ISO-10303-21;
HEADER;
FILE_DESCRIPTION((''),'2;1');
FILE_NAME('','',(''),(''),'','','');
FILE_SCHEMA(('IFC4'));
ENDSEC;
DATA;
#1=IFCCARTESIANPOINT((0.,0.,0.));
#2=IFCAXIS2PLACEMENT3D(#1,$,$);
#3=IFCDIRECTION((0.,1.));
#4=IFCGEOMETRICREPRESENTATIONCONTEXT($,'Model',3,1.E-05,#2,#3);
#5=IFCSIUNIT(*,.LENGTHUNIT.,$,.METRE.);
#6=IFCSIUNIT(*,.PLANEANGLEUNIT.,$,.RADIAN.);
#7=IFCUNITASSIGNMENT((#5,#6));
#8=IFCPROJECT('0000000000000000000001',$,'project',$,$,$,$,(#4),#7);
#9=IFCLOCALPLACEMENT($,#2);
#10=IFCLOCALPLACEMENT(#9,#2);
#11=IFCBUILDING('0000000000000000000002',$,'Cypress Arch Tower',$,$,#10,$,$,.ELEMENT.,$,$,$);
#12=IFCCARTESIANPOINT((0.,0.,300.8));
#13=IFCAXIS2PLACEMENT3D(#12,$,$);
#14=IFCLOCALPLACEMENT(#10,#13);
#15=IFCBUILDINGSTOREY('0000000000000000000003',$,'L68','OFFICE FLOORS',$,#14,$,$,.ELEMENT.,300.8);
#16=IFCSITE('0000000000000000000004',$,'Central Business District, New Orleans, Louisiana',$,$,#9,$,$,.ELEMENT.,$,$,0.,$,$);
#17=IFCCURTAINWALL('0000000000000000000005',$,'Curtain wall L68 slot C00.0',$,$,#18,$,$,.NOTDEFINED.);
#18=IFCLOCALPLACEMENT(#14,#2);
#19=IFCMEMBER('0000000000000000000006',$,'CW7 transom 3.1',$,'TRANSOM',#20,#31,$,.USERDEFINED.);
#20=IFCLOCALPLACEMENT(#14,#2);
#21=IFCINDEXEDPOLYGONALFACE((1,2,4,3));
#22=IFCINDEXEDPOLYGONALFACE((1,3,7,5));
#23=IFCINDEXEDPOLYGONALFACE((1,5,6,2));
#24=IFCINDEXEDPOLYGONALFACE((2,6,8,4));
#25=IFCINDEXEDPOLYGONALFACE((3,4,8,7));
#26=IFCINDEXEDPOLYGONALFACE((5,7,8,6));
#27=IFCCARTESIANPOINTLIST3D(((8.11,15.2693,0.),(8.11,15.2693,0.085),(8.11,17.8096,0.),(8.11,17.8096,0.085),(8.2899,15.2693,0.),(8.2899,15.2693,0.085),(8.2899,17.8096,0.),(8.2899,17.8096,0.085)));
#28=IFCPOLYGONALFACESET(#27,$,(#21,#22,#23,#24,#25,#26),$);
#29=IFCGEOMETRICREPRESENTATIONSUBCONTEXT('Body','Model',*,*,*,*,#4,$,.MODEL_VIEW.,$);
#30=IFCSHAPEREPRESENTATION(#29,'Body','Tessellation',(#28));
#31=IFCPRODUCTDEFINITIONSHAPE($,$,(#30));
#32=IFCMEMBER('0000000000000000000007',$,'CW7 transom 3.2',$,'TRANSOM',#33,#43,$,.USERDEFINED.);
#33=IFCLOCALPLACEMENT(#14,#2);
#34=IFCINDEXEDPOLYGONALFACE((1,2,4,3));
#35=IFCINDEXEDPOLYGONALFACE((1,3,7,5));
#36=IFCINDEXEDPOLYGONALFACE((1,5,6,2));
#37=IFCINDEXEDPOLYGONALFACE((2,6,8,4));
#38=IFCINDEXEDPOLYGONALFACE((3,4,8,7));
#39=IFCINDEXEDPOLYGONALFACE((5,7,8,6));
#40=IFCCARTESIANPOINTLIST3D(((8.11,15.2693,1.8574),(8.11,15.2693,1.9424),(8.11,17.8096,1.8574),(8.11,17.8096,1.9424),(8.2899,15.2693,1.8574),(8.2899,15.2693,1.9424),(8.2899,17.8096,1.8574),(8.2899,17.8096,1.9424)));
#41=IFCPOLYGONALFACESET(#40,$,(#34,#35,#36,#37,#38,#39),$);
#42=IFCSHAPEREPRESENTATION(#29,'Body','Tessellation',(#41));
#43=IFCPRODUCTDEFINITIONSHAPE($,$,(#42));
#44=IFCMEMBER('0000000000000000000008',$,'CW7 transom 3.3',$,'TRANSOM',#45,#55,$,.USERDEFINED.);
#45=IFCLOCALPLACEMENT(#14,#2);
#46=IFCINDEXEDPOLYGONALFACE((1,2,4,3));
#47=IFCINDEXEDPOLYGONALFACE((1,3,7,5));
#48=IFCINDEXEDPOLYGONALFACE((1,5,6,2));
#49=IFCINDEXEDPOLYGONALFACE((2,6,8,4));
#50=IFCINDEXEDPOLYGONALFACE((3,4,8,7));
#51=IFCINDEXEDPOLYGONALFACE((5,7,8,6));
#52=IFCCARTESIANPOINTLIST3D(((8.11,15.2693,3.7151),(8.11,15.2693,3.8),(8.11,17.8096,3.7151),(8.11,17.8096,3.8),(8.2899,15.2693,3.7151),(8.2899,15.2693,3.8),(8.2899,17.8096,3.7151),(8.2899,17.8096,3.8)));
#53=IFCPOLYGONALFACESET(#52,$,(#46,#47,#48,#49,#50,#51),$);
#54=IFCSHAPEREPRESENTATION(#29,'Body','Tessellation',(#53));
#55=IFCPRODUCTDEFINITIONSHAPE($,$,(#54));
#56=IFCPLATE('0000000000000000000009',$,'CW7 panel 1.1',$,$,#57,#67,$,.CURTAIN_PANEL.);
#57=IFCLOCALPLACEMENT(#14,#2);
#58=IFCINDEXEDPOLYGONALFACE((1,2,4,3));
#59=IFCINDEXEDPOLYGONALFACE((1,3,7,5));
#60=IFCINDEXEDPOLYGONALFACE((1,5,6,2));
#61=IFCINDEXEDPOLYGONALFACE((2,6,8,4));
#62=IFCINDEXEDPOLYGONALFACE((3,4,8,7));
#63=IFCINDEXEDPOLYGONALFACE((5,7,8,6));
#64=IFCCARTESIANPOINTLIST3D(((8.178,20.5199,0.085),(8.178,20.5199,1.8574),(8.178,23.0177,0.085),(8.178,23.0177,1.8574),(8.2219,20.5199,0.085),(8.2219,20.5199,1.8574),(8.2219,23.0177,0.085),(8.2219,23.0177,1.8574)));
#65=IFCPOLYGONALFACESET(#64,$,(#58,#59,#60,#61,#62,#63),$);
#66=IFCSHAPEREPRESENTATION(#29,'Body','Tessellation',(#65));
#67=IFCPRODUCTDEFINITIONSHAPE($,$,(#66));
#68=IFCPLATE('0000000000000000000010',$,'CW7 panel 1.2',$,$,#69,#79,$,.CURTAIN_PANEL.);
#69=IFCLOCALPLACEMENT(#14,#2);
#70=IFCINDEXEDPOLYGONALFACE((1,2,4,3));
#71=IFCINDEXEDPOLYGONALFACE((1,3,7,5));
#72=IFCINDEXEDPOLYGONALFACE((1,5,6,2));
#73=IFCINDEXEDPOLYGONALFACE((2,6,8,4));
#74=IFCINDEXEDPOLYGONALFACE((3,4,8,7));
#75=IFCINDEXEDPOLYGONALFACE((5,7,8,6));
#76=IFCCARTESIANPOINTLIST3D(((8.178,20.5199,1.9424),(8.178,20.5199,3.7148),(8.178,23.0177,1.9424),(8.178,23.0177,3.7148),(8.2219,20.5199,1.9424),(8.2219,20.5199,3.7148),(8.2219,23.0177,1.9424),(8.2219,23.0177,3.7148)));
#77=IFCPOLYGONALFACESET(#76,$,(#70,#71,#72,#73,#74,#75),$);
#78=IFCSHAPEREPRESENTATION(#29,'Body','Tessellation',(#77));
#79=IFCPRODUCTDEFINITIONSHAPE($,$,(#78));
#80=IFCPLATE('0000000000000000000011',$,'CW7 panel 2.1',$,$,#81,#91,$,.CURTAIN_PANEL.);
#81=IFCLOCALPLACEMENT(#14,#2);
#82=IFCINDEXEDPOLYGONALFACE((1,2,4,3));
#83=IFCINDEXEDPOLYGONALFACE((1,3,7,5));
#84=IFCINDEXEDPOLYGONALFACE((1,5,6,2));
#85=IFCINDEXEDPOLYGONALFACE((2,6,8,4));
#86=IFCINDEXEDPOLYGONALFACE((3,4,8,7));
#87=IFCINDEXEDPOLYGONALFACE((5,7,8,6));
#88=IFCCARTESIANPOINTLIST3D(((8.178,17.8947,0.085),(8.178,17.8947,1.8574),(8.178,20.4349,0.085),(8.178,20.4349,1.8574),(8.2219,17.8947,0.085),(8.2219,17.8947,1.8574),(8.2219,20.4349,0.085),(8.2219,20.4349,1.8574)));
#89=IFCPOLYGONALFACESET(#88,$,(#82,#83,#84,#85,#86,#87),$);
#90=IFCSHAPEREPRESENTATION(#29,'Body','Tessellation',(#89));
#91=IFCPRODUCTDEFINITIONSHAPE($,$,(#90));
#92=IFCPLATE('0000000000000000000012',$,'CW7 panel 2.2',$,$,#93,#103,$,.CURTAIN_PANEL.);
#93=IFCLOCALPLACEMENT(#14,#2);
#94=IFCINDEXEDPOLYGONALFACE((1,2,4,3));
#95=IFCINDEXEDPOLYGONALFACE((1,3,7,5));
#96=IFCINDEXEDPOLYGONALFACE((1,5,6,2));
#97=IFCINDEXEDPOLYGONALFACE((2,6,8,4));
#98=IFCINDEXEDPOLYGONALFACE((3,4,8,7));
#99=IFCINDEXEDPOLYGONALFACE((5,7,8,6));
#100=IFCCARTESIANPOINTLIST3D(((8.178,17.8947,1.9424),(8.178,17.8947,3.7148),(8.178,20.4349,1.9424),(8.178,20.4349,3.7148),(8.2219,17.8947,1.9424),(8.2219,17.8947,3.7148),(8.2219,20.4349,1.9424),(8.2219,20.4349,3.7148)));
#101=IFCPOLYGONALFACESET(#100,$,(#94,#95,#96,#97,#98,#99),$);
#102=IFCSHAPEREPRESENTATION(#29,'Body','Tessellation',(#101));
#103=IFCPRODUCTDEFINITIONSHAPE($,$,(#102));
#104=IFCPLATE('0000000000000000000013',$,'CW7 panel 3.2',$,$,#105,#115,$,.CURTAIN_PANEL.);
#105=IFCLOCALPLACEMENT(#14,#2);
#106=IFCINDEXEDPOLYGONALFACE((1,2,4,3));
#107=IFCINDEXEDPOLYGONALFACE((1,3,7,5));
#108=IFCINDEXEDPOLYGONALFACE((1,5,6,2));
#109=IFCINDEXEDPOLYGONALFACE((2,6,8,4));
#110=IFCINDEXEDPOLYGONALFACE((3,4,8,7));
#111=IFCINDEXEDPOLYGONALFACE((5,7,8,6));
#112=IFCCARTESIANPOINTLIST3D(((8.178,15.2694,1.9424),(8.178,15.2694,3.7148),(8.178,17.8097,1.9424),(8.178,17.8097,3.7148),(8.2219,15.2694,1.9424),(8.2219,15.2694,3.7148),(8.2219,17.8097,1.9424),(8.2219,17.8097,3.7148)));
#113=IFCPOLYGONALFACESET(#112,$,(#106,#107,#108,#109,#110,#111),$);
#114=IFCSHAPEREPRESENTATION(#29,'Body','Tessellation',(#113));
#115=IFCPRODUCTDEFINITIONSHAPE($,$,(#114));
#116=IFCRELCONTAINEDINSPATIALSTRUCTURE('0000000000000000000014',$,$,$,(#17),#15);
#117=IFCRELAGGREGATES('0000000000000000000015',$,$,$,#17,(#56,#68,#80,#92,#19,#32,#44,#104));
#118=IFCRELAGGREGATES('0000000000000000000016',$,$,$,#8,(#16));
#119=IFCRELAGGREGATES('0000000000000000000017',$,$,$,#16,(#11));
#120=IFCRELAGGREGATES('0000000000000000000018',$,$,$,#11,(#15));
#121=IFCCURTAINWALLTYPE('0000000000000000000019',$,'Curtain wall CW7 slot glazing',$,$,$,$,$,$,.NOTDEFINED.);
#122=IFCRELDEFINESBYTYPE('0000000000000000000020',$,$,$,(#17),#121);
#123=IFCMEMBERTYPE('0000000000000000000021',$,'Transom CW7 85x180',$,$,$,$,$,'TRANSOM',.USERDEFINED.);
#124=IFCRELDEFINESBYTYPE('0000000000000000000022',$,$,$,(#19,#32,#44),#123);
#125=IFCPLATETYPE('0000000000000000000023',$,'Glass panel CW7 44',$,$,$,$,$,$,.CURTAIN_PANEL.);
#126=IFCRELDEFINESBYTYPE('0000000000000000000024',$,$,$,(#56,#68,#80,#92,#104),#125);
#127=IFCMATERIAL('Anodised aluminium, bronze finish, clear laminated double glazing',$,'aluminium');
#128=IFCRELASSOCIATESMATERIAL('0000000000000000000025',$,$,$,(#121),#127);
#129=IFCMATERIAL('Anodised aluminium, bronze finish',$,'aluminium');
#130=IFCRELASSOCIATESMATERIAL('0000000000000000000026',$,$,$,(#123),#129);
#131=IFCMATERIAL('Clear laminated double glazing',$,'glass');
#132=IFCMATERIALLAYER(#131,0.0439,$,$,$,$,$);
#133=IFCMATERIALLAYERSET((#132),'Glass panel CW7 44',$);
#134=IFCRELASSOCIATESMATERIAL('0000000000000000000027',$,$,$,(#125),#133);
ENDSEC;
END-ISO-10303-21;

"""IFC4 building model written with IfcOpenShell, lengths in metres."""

from ifc_helpers import new_model, si_unit, direction, frame, origin, origin_2d, place, context, subcontext, project, spatial, rectangle, extrude, material, layer, layer_set, material_profile, profile_set, type_object, element, aggregate, save


model = new_model("IFC4")

# Units and contexts
model_context = context("Model", 3, precision=1e-05, world=origin(), true_north=direction((0.0, 1.0)))
body_context = subcontext(model_context, "Body", "Model", "MODEL_VIEW")
ifc_project = project(units=[si_unit("LENGTHUNIT", "METRE"), si_unit("PLANEANGLEUNIT", "RADIAN")], contexts=[model_context])

# Site, building, storey
site_placement = place(None, origin())
site = spatial("IfcSite", under=ifc_project, at=site_placement, Name="Central Business District, New Orleans, Louisiana", CompositionType="ELEMENT", RefElevation=0.0)
building_placement = place(site_placement, origin())
building = spatial("IfcBuilding", under=site, at=building_placement, Name="Cypress Arch Tower", CompositionType="ELEMENT")
storey_placement = place(building_placement, frame((0.0, 0.0, 300.8)))
storey = spatial("IfcBuildingStorey", under=building, at=storey_placement, Name="L68", Description="OFFICE FLOORS", CompositionType="ELEMENT", Elevation=300.8)

# Curtain wall, members, plates
ifc_material_1 = material(Name="Anodised aluminium, bronze finish, clear laminated double glazing", Category="aluminium")
curtain_wall_type = type_object("IfcCurtainWallType", Name="Curtain wall CW7 slot glazing", PredefinedType="NOTDEFINED", material=ifc_material_1)
curtain_wall_placement = place(storey_placement, origin())
curtain_wall = element("IfcCurtainWall", 1, at=curtain_wall_placement, inside=storey, type_object=curtain_wall_type, Name="Curtain wall L68 slot C00.0", PredefinedType="NOTDEFINED")
ifc_material_2 = material(Name="Anodised aluminium, bronze finish", Category="aluminium")
ifc_material_profile_1 = material_profile(ifc_material_2, rectangle(XDim=0.1799, YDim=0.085, at=origin_2d()), Name="Transom 85x180")
ifc_profile_set_1 = profile_set([ifc_material_profile_1], Name="Anodised aluminium, bronze finish")
member_type_1 = type_object("IfcMemberType", Name="Transom CW7 85x180", ElementType="TRANSOM", PredefinedType="USERDEFINED", material=ifc_profile_set_1)
member_1_placement = place(storey_placement, frame((8.2, 17.8096, 0.0425), z_axis=(0.0, -1.0, 0.0), x_axis=(1.0, 0.0, 0.0)))
member_1 = element("IfcMember", 2, at=member_1_placement, type_object=member_type_1, Name="CW7 transom 3.1", ObjectType="TRANSOM", PredefinedType="USERDEFINED", context=body_context, shape_type="SweptSolid", body=[
    extrude(rectangle(XDim=0.1799, YDim=0.085, at=origin_2d()), origin(), (0.0, 0.0, 1.0), 2.5403),
])
member_2_placement = place(storey_placement, frame((8.2, 17.8096, 1.8999), z_axis=(0.0, -1.0, 0.0), x_axis=(1.0, 0.0, 0.0)))
member_2 = element("IfcMember", 3, at=member_2_placement, type_object=member_type_1, Name="CW7 transom 3.2", ObjectType="TRANSOM", PredefinedType="USERDEFINED", context=body_context, shape_type="SweptSolid", body=[
    extrude(rectangle(XDim=0.1799, YDim=0.085, at=origin_2d()), origin(), (0.0, 0.0, 1.0), 2.5403),
])
member_3_placement = place(storey_placement, frame((8.2, 17.8096, 3.7576), z_axis=(0.0, -1.0, 0.0), x_axis=(1.0, 0.0, 0.0)))
member_3 = element("IfcMember", 4, at=member_3_placement, type_object=member_type_1, Name="CW7 transom 3.3", ObjectType="TRANSOM", PredefinedType="USERDEFINED", context=body_context, shape_type="SweptSolid", body=[
    extrude(rectangle(XDim=0.1799, YDim=0.085, at=origin_2d()), origin(), (0.0, 0.0, 1.0), 2.5403),
])
ifc_material_3 = material(Name="Clear laminated double glazing", Category="glass")
ifc_layer = layer(ifc_material_3, 0.0439)
ifc_layer_set = layer_set([ifc_layer], Name="Glass panel CW7 44")
plate_type = type_object("IfcPlateType", Name="Glass panel CW7 44", PredefinedType="CURTAIN_PANEL", material=ifc_layer_set)
plate_1_placement = place(storey_placement, frame((8.2, 21.7688, 0.085), z_axis=(0.0, 0.0, 1.0), x_axis=(0.0, -1.0, 0.0)))
plate_1 = element("IfcPlate", 5, at=plate_1_placement, type_object=plate_type, Name="CW7 panel 1.1", PredefinedType="CURTAIN_PANEL", context=body_context, shape_type="SweptSolid", body=[
    extrude(rectangle(XDim=2.4978, YDim=0.0439, at=origin_2d()), origin(), (0.0, 0.0, 1.0), 1.7725),
])
plate_2_placement = place(storey_placement, frame((8.2, 21.7688, 1.9424), z_axis=(0.0, 0.0, 1.0), x_axis=(0.0, -1.0, 0.0)))
plate_2 = element("IfcPlate", 6, at=plate_2_placement, type_object=plate_type, Name="CW7 panel 1.2", PredefinedType="CURTAIN_PANEL", context=body_context, shape_type="SweptSolid", body=[
    extrude(rectangle(XDim=2.4978, YDim=0.0439, at=origin_2d()), origin(), (0.0, 0.0, 1.0), 1.7725),
])
plate_3_placement = place(storey_placement, frame((8.2, 19.1648, 0.085), z_axis=(0.0, 0.0, 1.0), x_axis=(0.0, -1.0, 0.0)))
plate_3 = element("IfcPlate", 7, at=plate_3_placement, type_object=plate_type, Name="CW7 panel 2.1", PredefinedType="CURTAIN_PANEL", context=body_context, shape_type="SweptSolid", body=[
    extrude(rectangle(XDim=2.5403, YDim=0.0439, at=origin_2d()), origin(), (0.0, 0.0, 1.0), 1.7725),
])
plate_4_placement = place(storey_placement, frame((8.2, 19.1648, 1.9424), z_axis=(0.0, 0.0, 1.0), x_axis=(0.0, -1.0, 0.0)))
plate_4 = element("IfcPlate", 8, at=plate_4_placement, type_object=plate_type, Name="CW7 panel 2.2", PredefinedType="CURTAIN_PANEL", context=body_context, shape_type="SweptSolid", body=[
    extrude(rectangle(XDim=2.5403, YDim=0.0439, at=origin_2d()), origin(), (0.0, 0.0, 1.0), 1.7725),
])
plate_5_placement = place(storey_placement, frame((8.2, 16.5396, 1.9424), z_axis=(0.0, 0.0, 1.0), x_axis=(0.0, -1.0, 0.0)))
plate_5 = element("IfcPlate", 9, at=plate_5_placement, type_object=plate_type, Name="CW7 panel 3.2", PredefinedType="CURTAIN_PANEL", context=body_context, shape_type="SweptSolid", body=[
    extrude(rectangle(XDim=2.5403, YDim=0.0439, at=origin_2d()), origin(), (0.0, 0.0, 1.0), 1.7725),
])
aggregate(curtain_wall, [plate_1, plate_2, plate_3, plate_4, member_1, member_2, member_3, plate_5])

save(model, "model.ifc")
